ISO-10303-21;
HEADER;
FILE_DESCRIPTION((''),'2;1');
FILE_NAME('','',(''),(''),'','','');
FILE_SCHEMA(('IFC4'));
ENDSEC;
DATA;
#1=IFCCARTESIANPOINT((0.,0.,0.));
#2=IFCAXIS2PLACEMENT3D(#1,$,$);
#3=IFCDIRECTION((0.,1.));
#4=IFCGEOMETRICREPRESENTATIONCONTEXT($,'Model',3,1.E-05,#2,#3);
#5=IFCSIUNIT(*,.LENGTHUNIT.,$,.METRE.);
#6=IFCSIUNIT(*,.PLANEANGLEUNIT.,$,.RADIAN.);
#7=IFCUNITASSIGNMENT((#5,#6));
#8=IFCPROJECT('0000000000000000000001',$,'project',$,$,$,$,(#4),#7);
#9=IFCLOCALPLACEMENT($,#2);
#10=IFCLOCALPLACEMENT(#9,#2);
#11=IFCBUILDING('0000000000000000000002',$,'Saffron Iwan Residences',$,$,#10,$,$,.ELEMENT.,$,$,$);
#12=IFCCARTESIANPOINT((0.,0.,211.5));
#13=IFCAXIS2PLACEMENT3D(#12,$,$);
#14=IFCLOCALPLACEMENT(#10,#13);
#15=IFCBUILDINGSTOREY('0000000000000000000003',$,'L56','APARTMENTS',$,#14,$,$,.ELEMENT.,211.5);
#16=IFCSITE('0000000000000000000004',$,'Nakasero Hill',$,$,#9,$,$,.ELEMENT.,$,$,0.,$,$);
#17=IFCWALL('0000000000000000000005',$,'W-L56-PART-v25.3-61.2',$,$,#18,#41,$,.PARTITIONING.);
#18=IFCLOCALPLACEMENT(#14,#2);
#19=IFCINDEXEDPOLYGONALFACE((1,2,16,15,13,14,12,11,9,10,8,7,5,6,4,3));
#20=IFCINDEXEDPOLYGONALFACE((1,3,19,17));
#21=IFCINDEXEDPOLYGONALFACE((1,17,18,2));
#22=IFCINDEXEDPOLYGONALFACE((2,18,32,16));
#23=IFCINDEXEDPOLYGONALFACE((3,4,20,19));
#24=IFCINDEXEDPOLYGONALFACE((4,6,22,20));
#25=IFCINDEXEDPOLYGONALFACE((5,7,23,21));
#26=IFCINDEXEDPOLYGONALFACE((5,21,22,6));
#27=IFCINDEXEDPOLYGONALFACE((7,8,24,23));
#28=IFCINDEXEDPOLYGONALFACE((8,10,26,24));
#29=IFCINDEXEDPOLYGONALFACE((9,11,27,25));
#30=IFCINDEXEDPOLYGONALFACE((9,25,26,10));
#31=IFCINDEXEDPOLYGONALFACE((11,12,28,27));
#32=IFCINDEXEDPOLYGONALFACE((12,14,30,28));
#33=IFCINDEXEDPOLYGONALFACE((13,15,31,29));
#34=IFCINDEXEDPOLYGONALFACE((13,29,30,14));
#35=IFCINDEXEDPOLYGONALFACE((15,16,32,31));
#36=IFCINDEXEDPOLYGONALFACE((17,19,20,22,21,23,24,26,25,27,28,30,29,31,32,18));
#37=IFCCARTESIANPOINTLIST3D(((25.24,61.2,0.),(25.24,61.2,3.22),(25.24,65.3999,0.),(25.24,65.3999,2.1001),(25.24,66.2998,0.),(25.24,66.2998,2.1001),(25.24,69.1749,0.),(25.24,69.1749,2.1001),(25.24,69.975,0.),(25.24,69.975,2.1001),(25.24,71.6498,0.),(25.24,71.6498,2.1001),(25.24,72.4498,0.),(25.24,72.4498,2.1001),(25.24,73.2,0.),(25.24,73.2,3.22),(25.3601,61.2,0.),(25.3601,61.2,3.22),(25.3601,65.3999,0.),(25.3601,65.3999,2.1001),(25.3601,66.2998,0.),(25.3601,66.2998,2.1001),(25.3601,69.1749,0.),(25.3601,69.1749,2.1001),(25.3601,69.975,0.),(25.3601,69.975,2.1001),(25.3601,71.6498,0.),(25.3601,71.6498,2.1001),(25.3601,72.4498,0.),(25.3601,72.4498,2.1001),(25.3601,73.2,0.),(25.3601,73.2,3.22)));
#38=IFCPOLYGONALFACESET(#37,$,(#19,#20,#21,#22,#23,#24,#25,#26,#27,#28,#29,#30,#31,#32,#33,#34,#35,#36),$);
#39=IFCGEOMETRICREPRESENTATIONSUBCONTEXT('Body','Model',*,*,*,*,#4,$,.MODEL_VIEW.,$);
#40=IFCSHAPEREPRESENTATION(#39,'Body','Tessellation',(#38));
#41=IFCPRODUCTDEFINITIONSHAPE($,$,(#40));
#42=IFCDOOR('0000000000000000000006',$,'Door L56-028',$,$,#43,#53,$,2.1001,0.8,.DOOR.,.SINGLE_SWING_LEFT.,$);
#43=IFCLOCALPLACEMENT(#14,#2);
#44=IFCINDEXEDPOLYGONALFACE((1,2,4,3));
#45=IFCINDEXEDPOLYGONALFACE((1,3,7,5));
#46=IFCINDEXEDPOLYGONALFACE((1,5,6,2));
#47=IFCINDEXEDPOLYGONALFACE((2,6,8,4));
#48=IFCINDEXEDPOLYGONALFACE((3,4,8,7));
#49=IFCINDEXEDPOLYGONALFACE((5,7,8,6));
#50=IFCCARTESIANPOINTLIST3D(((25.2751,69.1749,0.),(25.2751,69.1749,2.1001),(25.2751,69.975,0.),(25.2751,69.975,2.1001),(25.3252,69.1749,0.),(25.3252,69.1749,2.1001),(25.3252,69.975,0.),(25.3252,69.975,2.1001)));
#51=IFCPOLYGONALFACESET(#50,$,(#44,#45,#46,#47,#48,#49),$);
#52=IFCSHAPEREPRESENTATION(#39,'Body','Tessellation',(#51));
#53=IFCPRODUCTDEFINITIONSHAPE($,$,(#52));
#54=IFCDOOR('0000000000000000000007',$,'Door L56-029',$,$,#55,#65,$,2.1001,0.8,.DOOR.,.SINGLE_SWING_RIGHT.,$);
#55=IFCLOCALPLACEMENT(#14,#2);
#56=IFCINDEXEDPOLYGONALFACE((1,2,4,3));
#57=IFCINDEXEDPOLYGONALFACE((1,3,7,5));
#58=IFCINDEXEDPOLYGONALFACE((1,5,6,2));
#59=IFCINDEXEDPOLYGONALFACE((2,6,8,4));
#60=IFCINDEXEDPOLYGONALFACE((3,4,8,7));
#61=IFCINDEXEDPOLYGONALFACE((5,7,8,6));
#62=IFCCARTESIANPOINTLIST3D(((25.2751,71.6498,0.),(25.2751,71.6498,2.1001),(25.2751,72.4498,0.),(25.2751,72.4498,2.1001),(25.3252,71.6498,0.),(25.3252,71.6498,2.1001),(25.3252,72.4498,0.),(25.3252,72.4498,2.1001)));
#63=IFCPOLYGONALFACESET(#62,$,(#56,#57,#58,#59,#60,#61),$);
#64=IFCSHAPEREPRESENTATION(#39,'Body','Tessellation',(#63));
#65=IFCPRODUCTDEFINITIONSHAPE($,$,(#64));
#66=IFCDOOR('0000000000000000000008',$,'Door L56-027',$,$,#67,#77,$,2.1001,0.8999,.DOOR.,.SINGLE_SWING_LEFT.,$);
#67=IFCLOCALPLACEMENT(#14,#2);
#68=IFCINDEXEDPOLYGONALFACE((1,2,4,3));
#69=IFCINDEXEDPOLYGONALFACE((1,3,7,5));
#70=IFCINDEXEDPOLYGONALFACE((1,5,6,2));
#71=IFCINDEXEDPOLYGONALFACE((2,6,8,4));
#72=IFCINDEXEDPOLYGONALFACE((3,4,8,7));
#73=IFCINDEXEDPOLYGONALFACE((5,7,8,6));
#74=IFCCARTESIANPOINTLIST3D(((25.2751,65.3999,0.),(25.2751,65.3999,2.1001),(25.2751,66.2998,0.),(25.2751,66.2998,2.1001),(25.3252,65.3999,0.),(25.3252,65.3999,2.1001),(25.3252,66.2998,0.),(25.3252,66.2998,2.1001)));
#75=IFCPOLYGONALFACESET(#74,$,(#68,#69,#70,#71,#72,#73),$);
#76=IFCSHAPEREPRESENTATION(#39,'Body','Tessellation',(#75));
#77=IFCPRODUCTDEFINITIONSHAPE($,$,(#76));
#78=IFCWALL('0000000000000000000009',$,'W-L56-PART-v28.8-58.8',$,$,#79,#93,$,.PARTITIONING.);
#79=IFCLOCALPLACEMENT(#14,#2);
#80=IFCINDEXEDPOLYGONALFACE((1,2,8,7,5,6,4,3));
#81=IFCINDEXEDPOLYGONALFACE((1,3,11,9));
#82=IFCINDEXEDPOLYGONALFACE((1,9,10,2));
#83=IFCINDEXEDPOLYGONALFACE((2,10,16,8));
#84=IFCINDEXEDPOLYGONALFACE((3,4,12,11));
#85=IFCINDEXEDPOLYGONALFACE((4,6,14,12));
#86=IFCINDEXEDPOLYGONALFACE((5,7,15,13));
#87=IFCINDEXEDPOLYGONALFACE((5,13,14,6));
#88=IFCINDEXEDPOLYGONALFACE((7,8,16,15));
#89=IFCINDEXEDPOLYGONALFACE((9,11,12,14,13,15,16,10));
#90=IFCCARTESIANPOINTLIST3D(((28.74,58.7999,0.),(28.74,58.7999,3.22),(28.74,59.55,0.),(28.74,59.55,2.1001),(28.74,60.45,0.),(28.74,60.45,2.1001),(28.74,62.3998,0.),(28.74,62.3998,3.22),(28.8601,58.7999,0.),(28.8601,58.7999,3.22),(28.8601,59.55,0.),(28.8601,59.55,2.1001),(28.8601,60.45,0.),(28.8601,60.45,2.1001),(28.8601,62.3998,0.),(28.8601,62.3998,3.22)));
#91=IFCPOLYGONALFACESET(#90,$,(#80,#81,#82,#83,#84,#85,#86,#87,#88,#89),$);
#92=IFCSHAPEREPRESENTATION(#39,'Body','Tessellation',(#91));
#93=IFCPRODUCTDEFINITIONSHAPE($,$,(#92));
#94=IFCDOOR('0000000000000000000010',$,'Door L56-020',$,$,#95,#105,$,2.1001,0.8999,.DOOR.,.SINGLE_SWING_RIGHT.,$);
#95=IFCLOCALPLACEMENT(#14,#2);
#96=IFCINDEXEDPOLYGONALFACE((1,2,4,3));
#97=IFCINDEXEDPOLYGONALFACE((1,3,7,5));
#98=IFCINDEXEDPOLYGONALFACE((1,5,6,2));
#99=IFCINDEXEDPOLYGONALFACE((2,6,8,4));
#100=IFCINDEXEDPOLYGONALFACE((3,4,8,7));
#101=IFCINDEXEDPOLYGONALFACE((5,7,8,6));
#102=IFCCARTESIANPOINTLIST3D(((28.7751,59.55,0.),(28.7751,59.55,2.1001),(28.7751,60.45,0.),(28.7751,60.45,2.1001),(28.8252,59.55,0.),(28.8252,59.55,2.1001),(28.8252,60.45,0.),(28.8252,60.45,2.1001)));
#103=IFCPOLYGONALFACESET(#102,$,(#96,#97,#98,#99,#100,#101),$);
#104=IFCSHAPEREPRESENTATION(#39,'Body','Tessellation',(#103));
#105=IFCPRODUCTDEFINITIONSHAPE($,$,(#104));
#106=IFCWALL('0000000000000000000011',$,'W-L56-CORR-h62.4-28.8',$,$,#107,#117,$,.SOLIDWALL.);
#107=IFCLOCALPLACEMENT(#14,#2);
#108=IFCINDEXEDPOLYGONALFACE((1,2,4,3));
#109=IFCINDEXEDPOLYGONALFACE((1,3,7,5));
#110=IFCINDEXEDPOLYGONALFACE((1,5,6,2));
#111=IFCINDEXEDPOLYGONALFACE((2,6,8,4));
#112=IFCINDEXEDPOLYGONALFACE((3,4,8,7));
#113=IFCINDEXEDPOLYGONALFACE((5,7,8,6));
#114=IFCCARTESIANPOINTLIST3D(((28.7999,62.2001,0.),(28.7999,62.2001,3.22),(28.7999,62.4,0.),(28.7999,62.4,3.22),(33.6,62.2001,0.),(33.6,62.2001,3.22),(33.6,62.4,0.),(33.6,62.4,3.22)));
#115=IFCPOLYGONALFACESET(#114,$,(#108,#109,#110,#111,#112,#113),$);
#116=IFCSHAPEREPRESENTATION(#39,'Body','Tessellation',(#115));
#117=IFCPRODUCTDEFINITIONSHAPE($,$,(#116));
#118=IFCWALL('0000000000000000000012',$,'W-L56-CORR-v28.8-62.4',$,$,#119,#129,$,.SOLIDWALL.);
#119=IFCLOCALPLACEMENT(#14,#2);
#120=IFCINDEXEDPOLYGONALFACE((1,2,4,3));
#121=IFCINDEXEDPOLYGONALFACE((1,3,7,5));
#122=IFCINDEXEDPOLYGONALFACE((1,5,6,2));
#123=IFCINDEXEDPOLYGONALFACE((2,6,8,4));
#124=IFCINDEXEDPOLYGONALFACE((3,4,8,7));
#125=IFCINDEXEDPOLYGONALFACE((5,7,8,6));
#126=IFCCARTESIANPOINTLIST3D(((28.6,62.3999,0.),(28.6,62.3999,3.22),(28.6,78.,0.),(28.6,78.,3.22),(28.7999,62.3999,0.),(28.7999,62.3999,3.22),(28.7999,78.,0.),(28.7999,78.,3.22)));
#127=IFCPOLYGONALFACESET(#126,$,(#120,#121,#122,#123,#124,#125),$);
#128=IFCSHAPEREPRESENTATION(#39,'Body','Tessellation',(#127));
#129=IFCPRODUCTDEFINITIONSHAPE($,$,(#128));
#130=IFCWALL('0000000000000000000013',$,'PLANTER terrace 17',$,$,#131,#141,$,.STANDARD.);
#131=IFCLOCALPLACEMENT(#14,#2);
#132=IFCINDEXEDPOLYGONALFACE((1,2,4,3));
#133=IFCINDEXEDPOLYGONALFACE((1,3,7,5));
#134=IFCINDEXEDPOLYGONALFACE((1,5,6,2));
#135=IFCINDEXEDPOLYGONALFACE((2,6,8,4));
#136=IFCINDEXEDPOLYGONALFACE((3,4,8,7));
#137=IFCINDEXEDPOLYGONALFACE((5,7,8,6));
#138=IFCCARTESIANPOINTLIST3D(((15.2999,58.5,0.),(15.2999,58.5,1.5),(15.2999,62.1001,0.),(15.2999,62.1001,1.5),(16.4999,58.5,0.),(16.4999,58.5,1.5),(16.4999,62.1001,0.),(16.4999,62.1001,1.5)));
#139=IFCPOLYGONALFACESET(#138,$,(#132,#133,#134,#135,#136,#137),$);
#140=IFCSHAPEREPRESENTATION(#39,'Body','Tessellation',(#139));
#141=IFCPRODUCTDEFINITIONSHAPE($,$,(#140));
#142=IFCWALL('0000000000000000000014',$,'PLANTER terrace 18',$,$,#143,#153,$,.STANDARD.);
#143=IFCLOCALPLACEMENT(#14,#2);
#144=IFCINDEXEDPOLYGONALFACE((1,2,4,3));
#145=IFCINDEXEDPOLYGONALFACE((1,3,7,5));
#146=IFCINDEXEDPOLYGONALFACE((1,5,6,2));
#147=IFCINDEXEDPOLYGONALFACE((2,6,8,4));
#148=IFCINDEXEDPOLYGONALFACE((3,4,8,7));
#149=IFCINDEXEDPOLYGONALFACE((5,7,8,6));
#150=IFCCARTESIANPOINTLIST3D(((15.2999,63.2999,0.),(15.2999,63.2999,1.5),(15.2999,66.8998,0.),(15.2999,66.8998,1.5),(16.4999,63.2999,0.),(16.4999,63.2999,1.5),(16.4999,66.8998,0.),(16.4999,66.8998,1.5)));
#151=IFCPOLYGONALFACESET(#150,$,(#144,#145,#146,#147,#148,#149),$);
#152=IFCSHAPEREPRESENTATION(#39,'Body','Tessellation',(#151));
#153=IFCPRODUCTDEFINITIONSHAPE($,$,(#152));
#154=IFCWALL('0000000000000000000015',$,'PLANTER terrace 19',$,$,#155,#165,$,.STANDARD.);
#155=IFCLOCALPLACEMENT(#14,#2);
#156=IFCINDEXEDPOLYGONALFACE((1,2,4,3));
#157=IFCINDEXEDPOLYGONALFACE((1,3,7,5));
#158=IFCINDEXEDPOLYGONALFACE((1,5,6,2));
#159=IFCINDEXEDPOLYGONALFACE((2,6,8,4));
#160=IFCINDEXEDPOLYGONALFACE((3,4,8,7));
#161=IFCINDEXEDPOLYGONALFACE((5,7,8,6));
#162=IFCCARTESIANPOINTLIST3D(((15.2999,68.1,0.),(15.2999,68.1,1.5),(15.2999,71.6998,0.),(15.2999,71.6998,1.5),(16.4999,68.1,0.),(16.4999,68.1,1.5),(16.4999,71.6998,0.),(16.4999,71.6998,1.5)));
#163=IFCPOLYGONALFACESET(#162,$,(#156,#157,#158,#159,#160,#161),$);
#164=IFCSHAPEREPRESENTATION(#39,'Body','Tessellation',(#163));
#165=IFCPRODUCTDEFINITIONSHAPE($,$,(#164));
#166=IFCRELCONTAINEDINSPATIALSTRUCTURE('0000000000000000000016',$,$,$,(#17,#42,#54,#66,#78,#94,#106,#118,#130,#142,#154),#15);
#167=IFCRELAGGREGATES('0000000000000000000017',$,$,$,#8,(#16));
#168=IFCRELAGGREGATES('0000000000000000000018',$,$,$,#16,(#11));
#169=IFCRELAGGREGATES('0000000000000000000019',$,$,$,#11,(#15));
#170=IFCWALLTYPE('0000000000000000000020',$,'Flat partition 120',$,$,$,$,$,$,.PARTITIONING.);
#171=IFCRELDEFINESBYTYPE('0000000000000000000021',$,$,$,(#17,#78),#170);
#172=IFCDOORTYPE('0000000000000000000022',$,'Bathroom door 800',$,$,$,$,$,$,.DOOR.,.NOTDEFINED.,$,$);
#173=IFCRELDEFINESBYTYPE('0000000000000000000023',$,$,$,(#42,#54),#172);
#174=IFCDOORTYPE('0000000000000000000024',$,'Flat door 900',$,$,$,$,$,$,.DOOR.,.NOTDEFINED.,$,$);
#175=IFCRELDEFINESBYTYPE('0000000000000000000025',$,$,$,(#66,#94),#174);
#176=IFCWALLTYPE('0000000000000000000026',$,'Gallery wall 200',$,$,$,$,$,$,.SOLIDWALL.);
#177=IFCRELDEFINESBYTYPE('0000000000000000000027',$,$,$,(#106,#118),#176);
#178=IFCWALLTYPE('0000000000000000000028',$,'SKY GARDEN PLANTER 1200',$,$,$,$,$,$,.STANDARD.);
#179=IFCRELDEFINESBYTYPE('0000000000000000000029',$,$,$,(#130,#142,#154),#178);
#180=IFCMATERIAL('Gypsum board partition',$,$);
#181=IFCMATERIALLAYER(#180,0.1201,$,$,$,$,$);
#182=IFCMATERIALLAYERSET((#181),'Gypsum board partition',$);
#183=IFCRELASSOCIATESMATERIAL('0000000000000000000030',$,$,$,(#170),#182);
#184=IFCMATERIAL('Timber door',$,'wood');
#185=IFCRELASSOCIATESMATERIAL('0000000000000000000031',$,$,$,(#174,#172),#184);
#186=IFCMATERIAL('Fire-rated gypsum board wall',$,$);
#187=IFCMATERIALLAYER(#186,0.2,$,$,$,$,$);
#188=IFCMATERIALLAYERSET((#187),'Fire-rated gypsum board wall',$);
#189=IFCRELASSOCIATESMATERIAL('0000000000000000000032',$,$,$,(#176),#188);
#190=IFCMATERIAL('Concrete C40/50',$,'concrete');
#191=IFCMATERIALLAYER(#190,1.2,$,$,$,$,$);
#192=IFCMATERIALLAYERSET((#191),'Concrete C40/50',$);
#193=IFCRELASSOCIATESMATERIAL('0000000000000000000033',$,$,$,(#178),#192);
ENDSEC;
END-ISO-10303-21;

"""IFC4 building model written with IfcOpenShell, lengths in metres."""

from ifc_helpers import new_model, si_unit, direction, frame, frame_2d, origin, place, context, subcontext, project, spatial, rectangle, extrude, material, layer, layer_set, type_object, element, fill, save


model = new_model("IFC4")

# Units and contexts
model_context = context("Model", 3, precision=1e-05, world=origin(), true_north=direction((0.0, 1.0)))
body_context = subcontext(model_context, "Body", "Model", "MODEL_VIEW")
ifc_project = project(units=[si_unit("LENGTHUNIT", "METRE"), si_unit("PLANEANGLEUNIT", "RADIAN")], contexts=[model_context])

# Site, building, storey
site_placement = place(None, origin())
site = spatial("IfcSite", under=ifc_project, at=site_placement, Name="Nakasero Hill", CompositionType="ELEMENT", RefElevation=0.0)
building_placement = place(site_placement, origin())
building = spatial("IfcBuilding", under=site, at=building_placement, Name="Saffron Iwan Residences", CompositionType="ELEMENT")
storey_placement = place(building_placement, frame((0.0, 0.0, 211.5)))
storey = spatial("IfcBuildingStorey", under=building, at=storey_placement, Name="L56", Description="APARTMENTS", CompositionType="ELEMENT", Elevation=211.5)

# Shared definitions
ifc_material_1 = material(Name="Concrete C40/50", Category="concrete")

# Shared definitions
ifc_material_2 = material(Name="Fire-rated gypsum board wall")
ifc_material_3 = material(Name="Gypsum board partition")
ifc_layer_1 = layer(ifc_material_3, 0.1201)
ifc_layer_set_1 = layer_set([ifc_layer_1], Name="Gypsum board partition")
wall_type_1 = type_object("IfcWallType", Name="Flat partition 120", PredefinedType="PARTITIONING", material=ifc_layer_set_1)

# Shared definitions
ifc_material_4 = material(Name="Timber door", Category="wood")
door_type_1 = type_object("IfcDoorType", Name="Flat door 900", OperationType="NOTDEFINED", PredefinedType="DOOR", material=ifc_material_4)

# Wall, openings, doors
wall_1_placement = place(storey_placement, frame((25.3, 61.2, 0.0), z_axis=(0.0, 0.0, 1.0), x_axis=(0.0, 1.0, 0.0)))
wall_1 = element("IfcWall", 1, at=wall_1_placement, inside=storey, type_object=wall_type_1, Name="W-L56-PART-v25.3-61.2", PredefinedType="PARTITIONING", context=body_context, shape_type="SweptSolid", body=[
    extrude(rectangle(XDim=12.0, YDim=0.1201, at=frame_2d((6.0, 0.0))), origin(), (0.0, 0.0, 1.0), 3.22),
])
opening_1_placement = place(wall_1_placement, frame((4.2, 0.0, 0.0)))
opening_1 = element("IfcOpeningElement", 2, at=opening_1_placement, cuts=wall_1, PredefinedType="OPENING", context=body_context, shape_type="SweptSolid", body=[
    extrude(rectangle(XDim=0.8999, YDim=2.1001, at=frame_2d((0.45, 1.05))), frame((0.0, 0.0701, 0.0), z_axis=(0.0, -1.0, 0.0), x_axis=(1.0, 0.0, 0.0)), (0.0, 0.0, 1.0), 0.1401),
])
opening_2_placement = place(wall_1_placement, frame((7.9751, 0.0, 0.0)))
opening_2 = element("IfcOpeningElement", 3, at=opening_2_placement, cuts=wall_1, PredefinedType="OPENING", context=body_context, shape_type="SweptSolid", body=[
    extrude(rectangle(XDim=0.8, YDim=2.1001, at=frame_2d((0.3999, 1.05))), frame((0.0, 0.0701, 0.0), z_axis=(0.0, -1.0, 0.0), x_axis=(1.0, 0.0, 0.0)), (0.0, 0.0, 1.0), 0.1401),
])
opening_3_placement = place(wall_1_placement, frame((10.45, 0.0, 0.0)))
opening_3 = element("IfcOpeningElement", 4, at=opening_3_placement, cuts=wall_1, PredefinedType="OPENING", context=body_context, shape_type="SweptSolid", body=[
    extrude(rectangle(XDim=0.8, YDim=2.1001, at=frame_2d((0.3999, 1.05))), frame((0.0, 0.0701, 0.0), z_axis=(0.0, -1.0, 0.0), x_axis=(1.0, 0.0, 0.0)), (0.0, 0.0, 1.0), 0.1401),
])
door_type_2 = type_object("IfcDoorType", Name="Bathroom door 800", OperationType="NOTDEFINED", PredefinedType="DOOR", material=ifc_material_4)
door_1_placement = place(opening_2_placement, origin())
door_1 = element("IfcDoor", 5, at=door_1_placement, inside=storey, type_object=door_type_2, Name="Door L56-028", OperationType="SINGLE_SWING_LEFT", OverallHeight=2.1001, OverallWidth=0.8, PredefinedType="DOOR", context=body_context, shape_type="SweptSolid", body=[
    extrude(rectangle(XDim=0.8, YDim=2.1001, at=frame_2d((0.3999, 1.05))), frame((0.0, 0.0249, 0.0), z_axis=(0.0, -1.0, 0.0), x_axis=(1.0, 0.0, 0.0)), (0.0, 0.0, 1.0), 0.05),
])
fill(opening_2, door_1)
door_2_placement = place(opening_3_placement, origin())
door_2 = element("IfcDoor", 6, at=door_2_placement, inside=storey, type_object=door_type_2, Name="Door L56-029", OperationType="SINGLE_SWING_RIGHT", OverallHeight=2.1001, OverallWidth=0.8, PredefinedType="DOOR", context=body_context, shape_type="SweptSolid", body=[
    extrude(rectangle(XDim=0.8, YDim=2.1001, at=frame_2d((0.3999, 1.05))), frame((0.0, 0.0249, 0.0), z_axis=(0.0, -1.0, 0.0), x_axis=(1.0, 0.0, 0.0)), (0.0, 0.0, 1.0), 0.05),
])
fill(opening_3, door_2)
door_3_placement = place(opening_1_placement, origin())
door_3 = element("IfcDoor", 7, at=door_3_placement, inside=storey, type_object=door_type_1, Name="Door L56-027", OperationType="SINGLE_SWING_LEFT", OverallHeight=2.1001, OverallWidth=0.8999, PredefinedType="DOOR", context=body_context, shape_type="SweptSolid", body=[
    extrude(rectangle(XDim=0.8999, YDim=2.1001, at=frame_2d((0.45, 1.05))), frame((0.0, 0.0249, 0.0), z_axis=(0.0, -1.0, 0.0), x_axis=(1.0, 0.0, 0.0)), (0.0, 0.0, 1.0), 0.05),
])
fill(opening_1, door_3)

# Wall, opening, door
wall_2_placement = place(storey_placement, frame((28.8, 58.8, 0.0), z_axis=(0.0, 0.0, 1.0), x_axis=(0.0, 1.0, 0.0)))
wall_2 = element("IfcWall", 8, at=wall_2_placement, inside=storey, type_object=wall_type_1, Name="W-L56-PART-v28.8-58.8", PredefinedType="PARTITIONING", context=body_context, shape_type="SweptSolid", body=[
    extrude(rectangle(XDim=3.5999, YDim=0.1201, at=frame_2d((1.7998, 0.0))), origin(), (0.0, 0.0, 1.0), 3.22),
])
opening_4_placement = place(wall_2_placement, frame((0.75, 0.0, 0.0)))
opening_4 = element("IfcOpeningElement", 9, at=opening_4_placement, cuts=wall_2, PredefinedType="OPENING", context=body_context, shape_type="SweptSolid", body=[
    extrude(rectangle(XDim=0.8999, YDim=2.1001, at=frame_2d((0.45, 1.05))), frame((0.0, 0.0701, 0.0), z_axis=(0.0, -1.0, 0.0), x_axis=(1.0, 0.0, 0.0)), (0.0, 0.0, 1.0), 0.1401),
])
door_4_placement = place(opening_4_placement, origin())
door_4 = element("IfcDoor", 10, at=door_4_placement, inside=storey, type_object=door_type_1, Name="Door L56-020", OperationType="SINGLE_SWING_RIGHT", OverallHeight=2.1001, OverallWidth=0.8999, PredefinedType="DOOR", context=body_context, shape_type="SweptSolid", body=[
    extrude(rectangle(XDim=0.8999, YDim=2.1001, at=frame_2d((0.45, 1.05))), frame((0.0, 0.0249, 0.0), z_axis=(0.0, -1.0, 0.0), x_axis=(1.0, 0.0, 0.0)), (0.0, 0.0, 1.0), 0.05),
])
fill(opening_4, door_4)

# Walls
ifc_layer_2 = layer(ifc_material_2, 0.2)
ifc_layer_set_2 = layer_set([ifc_layer_2], Name="Fire-rated gypsum board wall")
wall_type_2 = type_object("IfcWallType", Name="Gallery wall 200", PredefinedType="SOLIDWALL", material=ifc_layer_set_2)
wall_3_placement = place(storey_placement, frame((28.8, 62.3, 0.0), z_axis=(0.0, 0.0, 1.0), x_axis=(1.0, 0.0, 0.0)))
element("IfcWall", 11, at=wall_3_placement, inside=storey, type_object=wall_type_2, Name="W-L56-CORR-h62.4-28.8", PredefinedType="SOLIDWALL", context=body_context, shape_type="SweptSolid", body=[
    extrude(rectangle(XDim=4.8, YDim=0.2, at=frame_2d((2.3999, 0.0))), origin(), (0.0, 0.0, 1.0), 3.22),
])
wall_4_placement = place(storey_placement, frame((28.7, 62.3999, 0.0), z_axis=(0.0, 0.0, 1.0), x_axis=(0.0, 1.0, 0.0)))
element("IfcWall", 12, at=wall_4_placement, inside=storey, type_object=wall_type_2, Name="W-L56-CORR-v28.8-62.4", PredefinedType="SOLIDWALL", context=body_context, shape_type="SweptSolid", body=[
    extrude(rectangle(XDim=15.6001, YDim=0.2, at=frame_2d((7.8, 0.0))), origin(), (0.0, 0.0, 1.0), 3.22),
])
ifc_layer_3 = layer(ifc_material_1, 1.2)
ifc_layer_set_3 = layer_set([ifc_layer_3], Name="Concrete C40/50")
wall_type_3 = type_object("IfcWallType", Name="SKY GARDEN PLANTER 1200", PredefinedType="STANDARD", material=ifc_layer_set_3)
wall_5_placement = place(storey_placement, frame((15.8999, 58.5, 0.0), z_axis=(0.0, 0.0, 1.0), x_axis=(0.0, 1.0, 0.0)))
element("IfcWall", 13, at=wall_5_placement, inside=storey, type_object=wall_type_3, Name="PLANTER terrace 17", PredefinedType="STANDARD", context=body_context, shape_type="SweptSolid", body=[
    extrude(rectangle(XDim=3.6001, YDim=1.2, at=frame_2d((1.8, 0.0))), origin(), (0.0, 0.0, 1.0), 1.5),
])
for number, where, z_axis, x_axis, name in (
    (14, (15.8999, 63.3, 0.0), (0.0, 0.0, 1.0), (0.0, 1.0, 0.0), "PLANTER terrace 18"),
    (15, (15.8999, 68.1001, 0.0), (0.0, 0.0, 1.0), (0.0, 1.0, 0.0), "PLANTER terrace 19"),
):
    element("IfcWall", number, at=place(storey_placement, frame(where, z_axis=z_axis, x_axis=x_axis)), inside=storey, type_object=wall_type_3, Name=name, PredefinedType="STANDARD", context=body_context, shape_type="SweptSolid", body=[
        extrude(rectangle(XDim=3.5999, YDim=1.2, at=frame_2d((1.7998, 0.0))), origin(), (0.0, 0.0, 1.0), 1.5),
    ])

save(model, "model.ifc")
